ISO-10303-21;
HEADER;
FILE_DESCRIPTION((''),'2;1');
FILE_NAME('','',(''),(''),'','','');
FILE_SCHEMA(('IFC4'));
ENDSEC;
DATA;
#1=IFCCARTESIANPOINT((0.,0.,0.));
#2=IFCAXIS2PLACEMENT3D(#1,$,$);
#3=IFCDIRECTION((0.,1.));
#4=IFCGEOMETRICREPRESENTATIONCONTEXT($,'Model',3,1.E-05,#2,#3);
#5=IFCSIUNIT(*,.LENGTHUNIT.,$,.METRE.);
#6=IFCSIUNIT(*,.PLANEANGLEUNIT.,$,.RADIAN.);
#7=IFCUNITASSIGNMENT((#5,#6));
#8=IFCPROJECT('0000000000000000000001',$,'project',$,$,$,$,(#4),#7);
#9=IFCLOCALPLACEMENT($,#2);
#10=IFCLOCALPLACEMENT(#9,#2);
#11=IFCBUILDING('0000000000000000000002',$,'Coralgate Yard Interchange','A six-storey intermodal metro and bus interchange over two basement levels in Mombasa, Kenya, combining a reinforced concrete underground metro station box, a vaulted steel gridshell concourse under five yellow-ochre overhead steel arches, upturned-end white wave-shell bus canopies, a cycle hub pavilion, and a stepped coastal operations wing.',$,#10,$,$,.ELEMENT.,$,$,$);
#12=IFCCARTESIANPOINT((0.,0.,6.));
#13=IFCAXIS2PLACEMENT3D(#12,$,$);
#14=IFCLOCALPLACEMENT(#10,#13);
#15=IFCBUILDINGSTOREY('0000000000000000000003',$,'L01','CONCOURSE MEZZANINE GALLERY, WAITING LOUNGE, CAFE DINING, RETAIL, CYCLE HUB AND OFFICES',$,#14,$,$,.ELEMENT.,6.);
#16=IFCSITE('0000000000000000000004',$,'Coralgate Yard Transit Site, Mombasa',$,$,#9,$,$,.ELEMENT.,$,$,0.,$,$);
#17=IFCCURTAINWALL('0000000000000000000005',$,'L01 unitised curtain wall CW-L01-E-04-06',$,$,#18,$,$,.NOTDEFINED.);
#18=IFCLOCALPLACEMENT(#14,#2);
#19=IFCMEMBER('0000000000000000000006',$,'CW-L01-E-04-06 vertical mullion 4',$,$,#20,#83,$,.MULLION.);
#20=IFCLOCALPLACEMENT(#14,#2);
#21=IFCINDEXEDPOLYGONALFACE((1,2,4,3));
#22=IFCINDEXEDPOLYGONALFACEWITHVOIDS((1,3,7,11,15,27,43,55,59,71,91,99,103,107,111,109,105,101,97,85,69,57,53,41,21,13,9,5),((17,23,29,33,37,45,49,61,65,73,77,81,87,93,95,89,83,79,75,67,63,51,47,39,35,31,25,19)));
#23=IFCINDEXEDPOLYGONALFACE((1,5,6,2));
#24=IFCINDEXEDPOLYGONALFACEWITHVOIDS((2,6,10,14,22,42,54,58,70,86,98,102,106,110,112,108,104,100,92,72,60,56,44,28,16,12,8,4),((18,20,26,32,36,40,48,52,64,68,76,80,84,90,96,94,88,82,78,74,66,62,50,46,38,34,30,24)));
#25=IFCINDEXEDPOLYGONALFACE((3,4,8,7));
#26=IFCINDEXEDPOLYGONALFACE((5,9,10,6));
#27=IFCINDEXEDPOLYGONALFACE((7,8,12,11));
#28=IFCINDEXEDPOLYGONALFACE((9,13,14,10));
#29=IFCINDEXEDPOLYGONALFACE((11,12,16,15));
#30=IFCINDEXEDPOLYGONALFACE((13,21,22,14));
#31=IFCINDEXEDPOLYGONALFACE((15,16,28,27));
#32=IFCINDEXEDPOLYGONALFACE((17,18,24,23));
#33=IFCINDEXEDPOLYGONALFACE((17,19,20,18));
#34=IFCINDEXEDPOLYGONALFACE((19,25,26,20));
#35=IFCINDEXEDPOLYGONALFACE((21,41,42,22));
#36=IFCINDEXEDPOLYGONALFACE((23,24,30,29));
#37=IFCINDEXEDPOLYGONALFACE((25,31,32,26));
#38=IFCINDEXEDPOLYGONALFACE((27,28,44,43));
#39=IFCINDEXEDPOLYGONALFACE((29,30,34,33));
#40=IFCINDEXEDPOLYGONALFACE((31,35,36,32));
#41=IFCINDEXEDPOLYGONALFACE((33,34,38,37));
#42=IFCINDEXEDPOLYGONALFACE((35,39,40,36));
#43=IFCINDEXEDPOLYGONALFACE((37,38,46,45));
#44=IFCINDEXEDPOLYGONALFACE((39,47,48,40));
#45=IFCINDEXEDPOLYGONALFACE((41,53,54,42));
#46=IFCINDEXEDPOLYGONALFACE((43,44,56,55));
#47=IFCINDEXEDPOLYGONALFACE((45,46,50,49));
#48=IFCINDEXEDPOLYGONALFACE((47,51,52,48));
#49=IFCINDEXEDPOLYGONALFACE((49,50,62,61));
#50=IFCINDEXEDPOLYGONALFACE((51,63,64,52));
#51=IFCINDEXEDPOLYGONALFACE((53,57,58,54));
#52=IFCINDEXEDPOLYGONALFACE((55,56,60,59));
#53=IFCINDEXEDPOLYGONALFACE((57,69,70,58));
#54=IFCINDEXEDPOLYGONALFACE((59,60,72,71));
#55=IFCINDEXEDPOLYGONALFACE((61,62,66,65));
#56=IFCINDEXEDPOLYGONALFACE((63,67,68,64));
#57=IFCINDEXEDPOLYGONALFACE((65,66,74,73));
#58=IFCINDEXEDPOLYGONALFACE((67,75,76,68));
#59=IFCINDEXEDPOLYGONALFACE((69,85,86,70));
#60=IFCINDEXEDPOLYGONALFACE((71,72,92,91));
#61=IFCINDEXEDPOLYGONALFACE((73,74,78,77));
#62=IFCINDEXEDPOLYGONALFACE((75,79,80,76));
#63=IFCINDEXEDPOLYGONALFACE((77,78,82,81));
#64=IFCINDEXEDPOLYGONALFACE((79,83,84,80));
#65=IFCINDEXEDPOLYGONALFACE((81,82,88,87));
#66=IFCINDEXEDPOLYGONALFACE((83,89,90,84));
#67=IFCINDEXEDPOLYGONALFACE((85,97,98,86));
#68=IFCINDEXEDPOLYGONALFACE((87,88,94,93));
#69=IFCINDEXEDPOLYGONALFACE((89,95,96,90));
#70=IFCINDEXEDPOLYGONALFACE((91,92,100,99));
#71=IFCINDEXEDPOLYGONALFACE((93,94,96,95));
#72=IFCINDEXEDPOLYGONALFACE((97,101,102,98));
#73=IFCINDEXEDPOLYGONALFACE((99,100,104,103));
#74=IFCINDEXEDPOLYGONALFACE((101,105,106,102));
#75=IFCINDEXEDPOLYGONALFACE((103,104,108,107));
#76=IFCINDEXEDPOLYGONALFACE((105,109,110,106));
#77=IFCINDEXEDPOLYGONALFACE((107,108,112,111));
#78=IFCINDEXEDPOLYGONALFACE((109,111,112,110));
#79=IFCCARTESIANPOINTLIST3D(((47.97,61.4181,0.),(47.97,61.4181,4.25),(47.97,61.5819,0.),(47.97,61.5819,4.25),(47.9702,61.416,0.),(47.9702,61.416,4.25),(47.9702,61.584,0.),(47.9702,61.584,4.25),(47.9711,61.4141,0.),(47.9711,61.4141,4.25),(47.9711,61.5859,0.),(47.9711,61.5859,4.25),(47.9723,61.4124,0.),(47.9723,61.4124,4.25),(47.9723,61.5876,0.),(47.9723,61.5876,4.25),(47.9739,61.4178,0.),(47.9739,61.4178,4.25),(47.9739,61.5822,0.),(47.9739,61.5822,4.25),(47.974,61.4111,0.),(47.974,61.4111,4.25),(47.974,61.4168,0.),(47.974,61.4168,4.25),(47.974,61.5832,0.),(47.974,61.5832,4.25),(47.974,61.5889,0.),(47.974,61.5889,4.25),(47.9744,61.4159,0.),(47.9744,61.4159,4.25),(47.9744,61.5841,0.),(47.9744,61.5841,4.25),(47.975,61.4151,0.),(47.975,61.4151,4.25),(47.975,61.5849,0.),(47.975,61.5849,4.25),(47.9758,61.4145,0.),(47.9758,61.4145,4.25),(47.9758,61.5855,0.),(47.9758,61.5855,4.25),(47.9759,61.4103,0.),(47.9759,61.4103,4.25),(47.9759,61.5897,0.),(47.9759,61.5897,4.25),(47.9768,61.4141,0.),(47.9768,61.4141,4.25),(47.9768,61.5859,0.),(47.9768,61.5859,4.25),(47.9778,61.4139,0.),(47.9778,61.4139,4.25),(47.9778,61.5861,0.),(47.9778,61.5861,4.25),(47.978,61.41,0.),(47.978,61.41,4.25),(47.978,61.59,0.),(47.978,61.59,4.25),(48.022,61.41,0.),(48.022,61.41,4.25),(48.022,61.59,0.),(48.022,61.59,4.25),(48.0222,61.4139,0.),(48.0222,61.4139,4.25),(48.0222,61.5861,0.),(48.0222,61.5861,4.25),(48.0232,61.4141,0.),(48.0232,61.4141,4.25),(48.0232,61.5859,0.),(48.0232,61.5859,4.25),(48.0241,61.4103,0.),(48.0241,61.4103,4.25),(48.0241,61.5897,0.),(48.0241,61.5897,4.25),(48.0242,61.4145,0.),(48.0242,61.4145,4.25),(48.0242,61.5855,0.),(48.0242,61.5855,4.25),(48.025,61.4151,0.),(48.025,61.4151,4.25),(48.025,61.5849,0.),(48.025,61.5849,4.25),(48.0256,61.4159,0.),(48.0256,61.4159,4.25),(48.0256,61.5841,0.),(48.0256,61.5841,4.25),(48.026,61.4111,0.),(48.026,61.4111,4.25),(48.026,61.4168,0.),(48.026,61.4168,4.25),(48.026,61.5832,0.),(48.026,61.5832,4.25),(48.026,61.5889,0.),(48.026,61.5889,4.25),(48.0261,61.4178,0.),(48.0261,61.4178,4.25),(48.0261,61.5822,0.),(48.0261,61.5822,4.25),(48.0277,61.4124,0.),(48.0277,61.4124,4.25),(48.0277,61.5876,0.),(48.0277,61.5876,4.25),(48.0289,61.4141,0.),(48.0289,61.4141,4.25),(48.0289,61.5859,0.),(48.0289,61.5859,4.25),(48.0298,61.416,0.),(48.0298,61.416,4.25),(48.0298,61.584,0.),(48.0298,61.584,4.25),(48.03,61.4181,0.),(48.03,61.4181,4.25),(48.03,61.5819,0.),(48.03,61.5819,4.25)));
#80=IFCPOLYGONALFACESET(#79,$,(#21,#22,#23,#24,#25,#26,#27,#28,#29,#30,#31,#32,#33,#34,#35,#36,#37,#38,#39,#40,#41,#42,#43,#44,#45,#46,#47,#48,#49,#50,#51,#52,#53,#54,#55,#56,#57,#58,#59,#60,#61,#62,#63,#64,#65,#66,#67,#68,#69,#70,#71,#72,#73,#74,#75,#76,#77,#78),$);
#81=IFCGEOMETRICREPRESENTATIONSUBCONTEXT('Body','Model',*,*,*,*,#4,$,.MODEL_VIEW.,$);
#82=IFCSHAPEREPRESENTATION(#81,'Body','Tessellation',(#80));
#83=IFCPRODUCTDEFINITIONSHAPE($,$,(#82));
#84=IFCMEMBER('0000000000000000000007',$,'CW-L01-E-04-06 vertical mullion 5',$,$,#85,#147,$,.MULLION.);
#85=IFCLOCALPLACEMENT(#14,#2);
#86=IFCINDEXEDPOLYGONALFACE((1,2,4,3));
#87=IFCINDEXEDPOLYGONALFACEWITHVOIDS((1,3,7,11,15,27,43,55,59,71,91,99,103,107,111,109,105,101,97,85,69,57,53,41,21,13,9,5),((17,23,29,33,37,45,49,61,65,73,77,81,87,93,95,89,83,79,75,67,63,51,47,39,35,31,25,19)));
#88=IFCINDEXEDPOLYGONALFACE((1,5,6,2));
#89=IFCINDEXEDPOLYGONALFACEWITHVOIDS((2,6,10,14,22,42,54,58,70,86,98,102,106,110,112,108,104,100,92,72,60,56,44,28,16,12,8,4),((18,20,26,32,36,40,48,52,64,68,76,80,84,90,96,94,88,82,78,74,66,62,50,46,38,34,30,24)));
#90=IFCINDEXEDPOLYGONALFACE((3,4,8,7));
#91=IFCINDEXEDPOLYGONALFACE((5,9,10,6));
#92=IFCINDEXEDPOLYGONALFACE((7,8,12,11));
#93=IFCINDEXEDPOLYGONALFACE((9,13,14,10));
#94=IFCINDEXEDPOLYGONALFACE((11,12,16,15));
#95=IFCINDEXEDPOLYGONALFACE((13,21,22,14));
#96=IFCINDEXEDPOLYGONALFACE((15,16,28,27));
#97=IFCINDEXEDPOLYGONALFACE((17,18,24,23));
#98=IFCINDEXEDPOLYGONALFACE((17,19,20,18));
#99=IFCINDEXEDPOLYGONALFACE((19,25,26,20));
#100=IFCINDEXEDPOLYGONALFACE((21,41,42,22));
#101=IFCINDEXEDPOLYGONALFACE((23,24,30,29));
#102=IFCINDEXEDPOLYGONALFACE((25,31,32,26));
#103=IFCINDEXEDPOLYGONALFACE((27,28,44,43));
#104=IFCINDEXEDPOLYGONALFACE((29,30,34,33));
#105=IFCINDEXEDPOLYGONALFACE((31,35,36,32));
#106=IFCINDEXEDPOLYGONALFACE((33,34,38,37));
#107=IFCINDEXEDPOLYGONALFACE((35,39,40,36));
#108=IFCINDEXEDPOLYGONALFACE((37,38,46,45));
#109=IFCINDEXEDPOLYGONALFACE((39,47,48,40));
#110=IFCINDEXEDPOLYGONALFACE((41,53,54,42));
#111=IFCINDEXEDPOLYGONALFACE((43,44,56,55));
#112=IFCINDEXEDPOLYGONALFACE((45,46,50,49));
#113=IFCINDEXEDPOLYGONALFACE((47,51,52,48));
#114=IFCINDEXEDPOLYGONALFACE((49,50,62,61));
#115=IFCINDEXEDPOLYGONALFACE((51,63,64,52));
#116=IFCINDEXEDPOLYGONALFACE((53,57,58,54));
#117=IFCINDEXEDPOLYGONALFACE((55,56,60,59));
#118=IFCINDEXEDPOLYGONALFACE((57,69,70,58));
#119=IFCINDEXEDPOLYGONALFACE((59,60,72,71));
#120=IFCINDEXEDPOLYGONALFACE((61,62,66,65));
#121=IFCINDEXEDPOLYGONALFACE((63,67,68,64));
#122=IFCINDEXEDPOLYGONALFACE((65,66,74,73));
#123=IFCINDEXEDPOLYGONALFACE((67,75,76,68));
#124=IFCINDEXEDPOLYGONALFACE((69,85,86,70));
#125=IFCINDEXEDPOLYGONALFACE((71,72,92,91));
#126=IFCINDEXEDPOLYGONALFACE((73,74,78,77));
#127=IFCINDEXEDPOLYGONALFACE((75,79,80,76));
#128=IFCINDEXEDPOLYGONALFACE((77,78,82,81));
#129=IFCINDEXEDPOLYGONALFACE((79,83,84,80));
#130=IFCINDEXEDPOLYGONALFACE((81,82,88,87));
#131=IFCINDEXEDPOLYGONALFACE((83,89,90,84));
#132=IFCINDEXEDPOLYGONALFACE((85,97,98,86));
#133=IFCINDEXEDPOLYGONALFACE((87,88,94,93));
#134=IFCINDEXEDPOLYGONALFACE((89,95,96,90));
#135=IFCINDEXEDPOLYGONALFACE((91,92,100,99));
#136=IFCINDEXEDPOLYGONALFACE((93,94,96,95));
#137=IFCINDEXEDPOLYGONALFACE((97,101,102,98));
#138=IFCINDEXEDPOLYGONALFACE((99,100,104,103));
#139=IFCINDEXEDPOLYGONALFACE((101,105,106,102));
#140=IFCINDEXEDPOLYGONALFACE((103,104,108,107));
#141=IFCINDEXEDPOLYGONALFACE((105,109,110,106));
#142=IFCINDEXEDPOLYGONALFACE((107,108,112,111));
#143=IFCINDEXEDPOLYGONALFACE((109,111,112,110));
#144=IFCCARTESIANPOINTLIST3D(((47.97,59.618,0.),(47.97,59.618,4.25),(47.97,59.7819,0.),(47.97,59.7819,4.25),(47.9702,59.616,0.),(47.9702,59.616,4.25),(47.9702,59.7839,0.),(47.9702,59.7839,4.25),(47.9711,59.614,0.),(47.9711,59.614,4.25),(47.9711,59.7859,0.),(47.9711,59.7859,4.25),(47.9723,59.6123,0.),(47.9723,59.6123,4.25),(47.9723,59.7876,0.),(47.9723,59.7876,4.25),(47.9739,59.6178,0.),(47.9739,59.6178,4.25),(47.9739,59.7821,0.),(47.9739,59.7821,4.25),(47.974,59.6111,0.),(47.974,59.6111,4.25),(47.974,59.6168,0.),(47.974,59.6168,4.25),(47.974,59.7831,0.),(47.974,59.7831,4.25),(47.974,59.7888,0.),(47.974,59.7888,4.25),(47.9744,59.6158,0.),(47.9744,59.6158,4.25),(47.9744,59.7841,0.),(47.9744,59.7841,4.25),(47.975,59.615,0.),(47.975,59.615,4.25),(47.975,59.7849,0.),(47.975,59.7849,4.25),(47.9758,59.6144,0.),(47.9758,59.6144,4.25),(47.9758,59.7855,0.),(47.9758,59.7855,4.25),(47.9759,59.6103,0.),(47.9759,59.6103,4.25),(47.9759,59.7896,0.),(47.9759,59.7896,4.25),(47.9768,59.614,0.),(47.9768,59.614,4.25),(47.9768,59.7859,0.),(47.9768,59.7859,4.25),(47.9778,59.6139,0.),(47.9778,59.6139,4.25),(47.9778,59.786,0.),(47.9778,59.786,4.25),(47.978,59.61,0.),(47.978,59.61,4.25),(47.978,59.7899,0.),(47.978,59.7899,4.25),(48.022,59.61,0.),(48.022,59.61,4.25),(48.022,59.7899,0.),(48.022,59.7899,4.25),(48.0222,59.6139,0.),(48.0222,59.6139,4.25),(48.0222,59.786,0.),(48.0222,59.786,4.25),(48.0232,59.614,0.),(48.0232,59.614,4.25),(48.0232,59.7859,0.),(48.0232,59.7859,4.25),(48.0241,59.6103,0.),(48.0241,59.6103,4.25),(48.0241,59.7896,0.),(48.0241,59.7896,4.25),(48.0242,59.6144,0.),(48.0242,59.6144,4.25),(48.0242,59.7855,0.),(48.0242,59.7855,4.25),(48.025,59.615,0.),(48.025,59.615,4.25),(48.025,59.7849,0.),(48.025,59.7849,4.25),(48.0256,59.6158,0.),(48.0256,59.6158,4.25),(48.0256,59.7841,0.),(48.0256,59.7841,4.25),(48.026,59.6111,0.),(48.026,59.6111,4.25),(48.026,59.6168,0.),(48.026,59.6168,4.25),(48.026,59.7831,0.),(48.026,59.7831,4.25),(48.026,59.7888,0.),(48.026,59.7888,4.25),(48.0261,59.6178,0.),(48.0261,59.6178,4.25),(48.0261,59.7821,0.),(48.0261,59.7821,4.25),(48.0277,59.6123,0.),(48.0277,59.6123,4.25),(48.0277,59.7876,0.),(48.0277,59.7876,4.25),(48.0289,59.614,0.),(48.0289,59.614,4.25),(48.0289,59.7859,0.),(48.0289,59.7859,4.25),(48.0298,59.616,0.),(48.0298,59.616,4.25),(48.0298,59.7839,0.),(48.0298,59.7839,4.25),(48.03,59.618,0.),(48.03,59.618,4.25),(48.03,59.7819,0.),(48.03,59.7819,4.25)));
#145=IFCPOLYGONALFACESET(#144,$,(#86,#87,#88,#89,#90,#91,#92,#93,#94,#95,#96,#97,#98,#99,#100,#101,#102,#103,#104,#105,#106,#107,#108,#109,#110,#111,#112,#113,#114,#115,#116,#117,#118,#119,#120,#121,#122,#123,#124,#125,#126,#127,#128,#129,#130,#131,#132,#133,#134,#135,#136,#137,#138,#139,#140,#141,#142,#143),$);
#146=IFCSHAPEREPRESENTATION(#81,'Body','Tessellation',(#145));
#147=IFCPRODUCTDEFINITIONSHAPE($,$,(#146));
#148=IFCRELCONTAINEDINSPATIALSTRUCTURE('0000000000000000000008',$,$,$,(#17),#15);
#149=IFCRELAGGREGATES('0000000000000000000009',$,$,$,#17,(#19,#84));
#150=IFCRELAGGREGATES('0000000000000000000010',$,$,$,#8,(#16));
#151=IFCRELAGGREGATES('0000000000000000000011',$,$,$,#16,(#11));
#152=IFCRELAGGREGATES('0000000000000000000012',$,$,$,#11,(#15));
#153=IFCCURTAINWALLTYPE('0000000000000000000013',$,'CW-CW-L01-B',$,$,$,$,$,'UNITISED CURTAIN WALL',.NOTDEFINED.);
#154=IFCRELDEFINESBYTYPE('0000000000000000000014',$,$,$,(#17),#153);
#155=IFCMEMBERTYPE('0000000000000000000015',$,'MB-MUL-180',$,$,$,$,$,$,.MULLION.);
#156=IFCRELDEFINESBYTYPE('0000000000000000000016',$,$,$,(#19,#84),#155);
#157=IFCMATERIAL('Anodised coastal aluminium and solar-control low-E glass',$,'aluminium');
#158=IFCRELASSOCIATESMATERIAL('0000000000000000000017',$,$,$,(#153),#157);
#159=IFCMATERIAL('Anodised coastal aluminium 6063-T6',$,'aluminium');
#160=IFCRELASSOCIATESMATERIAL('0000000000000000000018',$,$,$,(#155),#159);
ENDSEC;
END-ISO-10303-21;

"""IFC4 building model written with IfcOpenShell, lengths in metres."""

from ifc_helpers import new_model, si_unit, direction, frame, origin, origin_2d, place, context, subcontext, project, spatial, hollow_rectangle, extrude, material, material_profile, profile_set, type_object, element, aggregate, save


model = new_model("IFC4")

# Units and contexts
model_context = context("Model", 3, precision=1e-05, world=origin(), true_north=direction((0.0, 1.0)))
body_context = subcontext(model_context, "Body", "Model", "MODEL_VIEW")
ifc_project = project(units=[si_unit("LENGTHUNIT", "METRE"), si_unit("PLANEANGLEUNIT", "RADIAN")], contexts=[model_context])

# Site, building, storey
site_placement = place(None, origin())
site = spatial("IfcSite", under=ifc_project, at=site_placement, Name="Coralgate Yard Transit Site, Mombasa", CompositionType="ELEMENT", RefElevation=0.0)
building_placement = place(site_placement, origin())
building = spatial("IfcBuilding", under=site, at=building_placement, Name="Coralgate Yard Interchange", Description="A six-storey intermodal metro and bus interchange over two basement levels in Mombasa, Kenya, combining a reinforced concrete underground metro station box, a vaulted steel gridshell concourse under five yellow-ochre overhead steel arches, upturned-end white wave-shell bus canopies, a cycle hub pavilion, and a stepped coastal operations wing.", CompositionType="ELEMENT")
storey_placement = place(building_placement, frame((0.0, 0.0, 6.0)))
storey = spatial("IfcBuildingStorey", under=building, at=storey_placement, Name="L01", Description="CONCOURSE MEZZANINE GALLERY, WAITING LOUNGE, CAFE DINING, RETAIL, CYCLE HUB AND OFFICES", CompositionType="ELEMENT", Elevation=6.0)

# Shared definitions
ifc_material_1 = material(Name="Anodised coastal aluminium and solar-control low-E glass", Category="aluminium")
curtain_wall_type = type_object("IfcCurtainWallType", Name="CW-CW-L01-B", ElementType="UNITISED CURTAIN WALL", PredefinedType="NOTDEFINED", material=ifc_material_1)
ifc_material_2 = material(Name="Anodised coastal aluminium 6063-T6", Category="aluminium")
ifc_material_profile_1 = material_profile(ifc_material_2, hollow_rectangle(XDim=0.0601, YDim=0.1799, WallThickness=0.0039, InnerFilletRadius=0.0039, OuterFilletRadius=0.0081, at=origin_2d()), Name="ALU 60x180x4")
ifc_profile_set_1 = profile_set([ifc_material_profile_1], Name="Anodised coastal aluminium 6063-T6")
member_type_1 = type_object("IfcMemberType", Name="MB-MUL-180", PredefinedType="MULLION", material=ifc_profile_set_1)

# Curtain wall, members
curtain_wall_1_placement = place(storey_placement, origin())
curtain_wall_1 = element("IfcCurtainWall", 1, at=curtain_wall_1_placement, inside=storey, type_object=curtain_wall_type, Name="L01 unitised curtain wall CW-L01-E-04-06", PredefinedType="NOTDEFINED")
member_1_placement = place(storey_placement, frame((48.0, 61.5, 0.0), z_axis=(0.0, 0.0, 1.0), x_axis=(1.0, 0.0, 0.0)))
member_1 = element("IfcMember", 2, at=member_1_placement, type_object=member_type_1, Name="CW-L01-E-04-06 vertical mullion 4", PredefinedType="MULLION", context=body_context, shape_type="SweptSolid", body=[
    extrude(hollow_rectangle(XDim=0.0601, YDim=0.1799, WallThickness=0.0039, InnerFilletRadius=0.0039, OuterFilletRadius=0.0081, at=origin_2d()), origin(), (0.0, 0.0, 1.0), 4.25),
])
member_2_placement = place(storey_placement, frame((48.0, 59.7, 0.0), z_axis=(0.0, 0.0, 1.0), x_axis=(1.0, 0.0, 0.0)))
member_2 = element("IfcMember", 3, at=member_2_placement, type_object=member_type_1, Name="CW-L01-E-04-06 vertical mullion 5", PredefinedType="MULLION", context=body_context, shape_type="SweptSolid", body=[
    extrude(hollow_rectangle(XDim=0.0601, YDim=0.1799, WallThickness=0.0039, InnerFilletRadius=0.0039, OuterFilletRadius=0.0081, at=origin_2d()), origin(), (0.0, 0.0, 1.0), 4.25),
])

aggregate(curtain_wall_1, [member_1, member_2])

save(model, "model.ifc")
